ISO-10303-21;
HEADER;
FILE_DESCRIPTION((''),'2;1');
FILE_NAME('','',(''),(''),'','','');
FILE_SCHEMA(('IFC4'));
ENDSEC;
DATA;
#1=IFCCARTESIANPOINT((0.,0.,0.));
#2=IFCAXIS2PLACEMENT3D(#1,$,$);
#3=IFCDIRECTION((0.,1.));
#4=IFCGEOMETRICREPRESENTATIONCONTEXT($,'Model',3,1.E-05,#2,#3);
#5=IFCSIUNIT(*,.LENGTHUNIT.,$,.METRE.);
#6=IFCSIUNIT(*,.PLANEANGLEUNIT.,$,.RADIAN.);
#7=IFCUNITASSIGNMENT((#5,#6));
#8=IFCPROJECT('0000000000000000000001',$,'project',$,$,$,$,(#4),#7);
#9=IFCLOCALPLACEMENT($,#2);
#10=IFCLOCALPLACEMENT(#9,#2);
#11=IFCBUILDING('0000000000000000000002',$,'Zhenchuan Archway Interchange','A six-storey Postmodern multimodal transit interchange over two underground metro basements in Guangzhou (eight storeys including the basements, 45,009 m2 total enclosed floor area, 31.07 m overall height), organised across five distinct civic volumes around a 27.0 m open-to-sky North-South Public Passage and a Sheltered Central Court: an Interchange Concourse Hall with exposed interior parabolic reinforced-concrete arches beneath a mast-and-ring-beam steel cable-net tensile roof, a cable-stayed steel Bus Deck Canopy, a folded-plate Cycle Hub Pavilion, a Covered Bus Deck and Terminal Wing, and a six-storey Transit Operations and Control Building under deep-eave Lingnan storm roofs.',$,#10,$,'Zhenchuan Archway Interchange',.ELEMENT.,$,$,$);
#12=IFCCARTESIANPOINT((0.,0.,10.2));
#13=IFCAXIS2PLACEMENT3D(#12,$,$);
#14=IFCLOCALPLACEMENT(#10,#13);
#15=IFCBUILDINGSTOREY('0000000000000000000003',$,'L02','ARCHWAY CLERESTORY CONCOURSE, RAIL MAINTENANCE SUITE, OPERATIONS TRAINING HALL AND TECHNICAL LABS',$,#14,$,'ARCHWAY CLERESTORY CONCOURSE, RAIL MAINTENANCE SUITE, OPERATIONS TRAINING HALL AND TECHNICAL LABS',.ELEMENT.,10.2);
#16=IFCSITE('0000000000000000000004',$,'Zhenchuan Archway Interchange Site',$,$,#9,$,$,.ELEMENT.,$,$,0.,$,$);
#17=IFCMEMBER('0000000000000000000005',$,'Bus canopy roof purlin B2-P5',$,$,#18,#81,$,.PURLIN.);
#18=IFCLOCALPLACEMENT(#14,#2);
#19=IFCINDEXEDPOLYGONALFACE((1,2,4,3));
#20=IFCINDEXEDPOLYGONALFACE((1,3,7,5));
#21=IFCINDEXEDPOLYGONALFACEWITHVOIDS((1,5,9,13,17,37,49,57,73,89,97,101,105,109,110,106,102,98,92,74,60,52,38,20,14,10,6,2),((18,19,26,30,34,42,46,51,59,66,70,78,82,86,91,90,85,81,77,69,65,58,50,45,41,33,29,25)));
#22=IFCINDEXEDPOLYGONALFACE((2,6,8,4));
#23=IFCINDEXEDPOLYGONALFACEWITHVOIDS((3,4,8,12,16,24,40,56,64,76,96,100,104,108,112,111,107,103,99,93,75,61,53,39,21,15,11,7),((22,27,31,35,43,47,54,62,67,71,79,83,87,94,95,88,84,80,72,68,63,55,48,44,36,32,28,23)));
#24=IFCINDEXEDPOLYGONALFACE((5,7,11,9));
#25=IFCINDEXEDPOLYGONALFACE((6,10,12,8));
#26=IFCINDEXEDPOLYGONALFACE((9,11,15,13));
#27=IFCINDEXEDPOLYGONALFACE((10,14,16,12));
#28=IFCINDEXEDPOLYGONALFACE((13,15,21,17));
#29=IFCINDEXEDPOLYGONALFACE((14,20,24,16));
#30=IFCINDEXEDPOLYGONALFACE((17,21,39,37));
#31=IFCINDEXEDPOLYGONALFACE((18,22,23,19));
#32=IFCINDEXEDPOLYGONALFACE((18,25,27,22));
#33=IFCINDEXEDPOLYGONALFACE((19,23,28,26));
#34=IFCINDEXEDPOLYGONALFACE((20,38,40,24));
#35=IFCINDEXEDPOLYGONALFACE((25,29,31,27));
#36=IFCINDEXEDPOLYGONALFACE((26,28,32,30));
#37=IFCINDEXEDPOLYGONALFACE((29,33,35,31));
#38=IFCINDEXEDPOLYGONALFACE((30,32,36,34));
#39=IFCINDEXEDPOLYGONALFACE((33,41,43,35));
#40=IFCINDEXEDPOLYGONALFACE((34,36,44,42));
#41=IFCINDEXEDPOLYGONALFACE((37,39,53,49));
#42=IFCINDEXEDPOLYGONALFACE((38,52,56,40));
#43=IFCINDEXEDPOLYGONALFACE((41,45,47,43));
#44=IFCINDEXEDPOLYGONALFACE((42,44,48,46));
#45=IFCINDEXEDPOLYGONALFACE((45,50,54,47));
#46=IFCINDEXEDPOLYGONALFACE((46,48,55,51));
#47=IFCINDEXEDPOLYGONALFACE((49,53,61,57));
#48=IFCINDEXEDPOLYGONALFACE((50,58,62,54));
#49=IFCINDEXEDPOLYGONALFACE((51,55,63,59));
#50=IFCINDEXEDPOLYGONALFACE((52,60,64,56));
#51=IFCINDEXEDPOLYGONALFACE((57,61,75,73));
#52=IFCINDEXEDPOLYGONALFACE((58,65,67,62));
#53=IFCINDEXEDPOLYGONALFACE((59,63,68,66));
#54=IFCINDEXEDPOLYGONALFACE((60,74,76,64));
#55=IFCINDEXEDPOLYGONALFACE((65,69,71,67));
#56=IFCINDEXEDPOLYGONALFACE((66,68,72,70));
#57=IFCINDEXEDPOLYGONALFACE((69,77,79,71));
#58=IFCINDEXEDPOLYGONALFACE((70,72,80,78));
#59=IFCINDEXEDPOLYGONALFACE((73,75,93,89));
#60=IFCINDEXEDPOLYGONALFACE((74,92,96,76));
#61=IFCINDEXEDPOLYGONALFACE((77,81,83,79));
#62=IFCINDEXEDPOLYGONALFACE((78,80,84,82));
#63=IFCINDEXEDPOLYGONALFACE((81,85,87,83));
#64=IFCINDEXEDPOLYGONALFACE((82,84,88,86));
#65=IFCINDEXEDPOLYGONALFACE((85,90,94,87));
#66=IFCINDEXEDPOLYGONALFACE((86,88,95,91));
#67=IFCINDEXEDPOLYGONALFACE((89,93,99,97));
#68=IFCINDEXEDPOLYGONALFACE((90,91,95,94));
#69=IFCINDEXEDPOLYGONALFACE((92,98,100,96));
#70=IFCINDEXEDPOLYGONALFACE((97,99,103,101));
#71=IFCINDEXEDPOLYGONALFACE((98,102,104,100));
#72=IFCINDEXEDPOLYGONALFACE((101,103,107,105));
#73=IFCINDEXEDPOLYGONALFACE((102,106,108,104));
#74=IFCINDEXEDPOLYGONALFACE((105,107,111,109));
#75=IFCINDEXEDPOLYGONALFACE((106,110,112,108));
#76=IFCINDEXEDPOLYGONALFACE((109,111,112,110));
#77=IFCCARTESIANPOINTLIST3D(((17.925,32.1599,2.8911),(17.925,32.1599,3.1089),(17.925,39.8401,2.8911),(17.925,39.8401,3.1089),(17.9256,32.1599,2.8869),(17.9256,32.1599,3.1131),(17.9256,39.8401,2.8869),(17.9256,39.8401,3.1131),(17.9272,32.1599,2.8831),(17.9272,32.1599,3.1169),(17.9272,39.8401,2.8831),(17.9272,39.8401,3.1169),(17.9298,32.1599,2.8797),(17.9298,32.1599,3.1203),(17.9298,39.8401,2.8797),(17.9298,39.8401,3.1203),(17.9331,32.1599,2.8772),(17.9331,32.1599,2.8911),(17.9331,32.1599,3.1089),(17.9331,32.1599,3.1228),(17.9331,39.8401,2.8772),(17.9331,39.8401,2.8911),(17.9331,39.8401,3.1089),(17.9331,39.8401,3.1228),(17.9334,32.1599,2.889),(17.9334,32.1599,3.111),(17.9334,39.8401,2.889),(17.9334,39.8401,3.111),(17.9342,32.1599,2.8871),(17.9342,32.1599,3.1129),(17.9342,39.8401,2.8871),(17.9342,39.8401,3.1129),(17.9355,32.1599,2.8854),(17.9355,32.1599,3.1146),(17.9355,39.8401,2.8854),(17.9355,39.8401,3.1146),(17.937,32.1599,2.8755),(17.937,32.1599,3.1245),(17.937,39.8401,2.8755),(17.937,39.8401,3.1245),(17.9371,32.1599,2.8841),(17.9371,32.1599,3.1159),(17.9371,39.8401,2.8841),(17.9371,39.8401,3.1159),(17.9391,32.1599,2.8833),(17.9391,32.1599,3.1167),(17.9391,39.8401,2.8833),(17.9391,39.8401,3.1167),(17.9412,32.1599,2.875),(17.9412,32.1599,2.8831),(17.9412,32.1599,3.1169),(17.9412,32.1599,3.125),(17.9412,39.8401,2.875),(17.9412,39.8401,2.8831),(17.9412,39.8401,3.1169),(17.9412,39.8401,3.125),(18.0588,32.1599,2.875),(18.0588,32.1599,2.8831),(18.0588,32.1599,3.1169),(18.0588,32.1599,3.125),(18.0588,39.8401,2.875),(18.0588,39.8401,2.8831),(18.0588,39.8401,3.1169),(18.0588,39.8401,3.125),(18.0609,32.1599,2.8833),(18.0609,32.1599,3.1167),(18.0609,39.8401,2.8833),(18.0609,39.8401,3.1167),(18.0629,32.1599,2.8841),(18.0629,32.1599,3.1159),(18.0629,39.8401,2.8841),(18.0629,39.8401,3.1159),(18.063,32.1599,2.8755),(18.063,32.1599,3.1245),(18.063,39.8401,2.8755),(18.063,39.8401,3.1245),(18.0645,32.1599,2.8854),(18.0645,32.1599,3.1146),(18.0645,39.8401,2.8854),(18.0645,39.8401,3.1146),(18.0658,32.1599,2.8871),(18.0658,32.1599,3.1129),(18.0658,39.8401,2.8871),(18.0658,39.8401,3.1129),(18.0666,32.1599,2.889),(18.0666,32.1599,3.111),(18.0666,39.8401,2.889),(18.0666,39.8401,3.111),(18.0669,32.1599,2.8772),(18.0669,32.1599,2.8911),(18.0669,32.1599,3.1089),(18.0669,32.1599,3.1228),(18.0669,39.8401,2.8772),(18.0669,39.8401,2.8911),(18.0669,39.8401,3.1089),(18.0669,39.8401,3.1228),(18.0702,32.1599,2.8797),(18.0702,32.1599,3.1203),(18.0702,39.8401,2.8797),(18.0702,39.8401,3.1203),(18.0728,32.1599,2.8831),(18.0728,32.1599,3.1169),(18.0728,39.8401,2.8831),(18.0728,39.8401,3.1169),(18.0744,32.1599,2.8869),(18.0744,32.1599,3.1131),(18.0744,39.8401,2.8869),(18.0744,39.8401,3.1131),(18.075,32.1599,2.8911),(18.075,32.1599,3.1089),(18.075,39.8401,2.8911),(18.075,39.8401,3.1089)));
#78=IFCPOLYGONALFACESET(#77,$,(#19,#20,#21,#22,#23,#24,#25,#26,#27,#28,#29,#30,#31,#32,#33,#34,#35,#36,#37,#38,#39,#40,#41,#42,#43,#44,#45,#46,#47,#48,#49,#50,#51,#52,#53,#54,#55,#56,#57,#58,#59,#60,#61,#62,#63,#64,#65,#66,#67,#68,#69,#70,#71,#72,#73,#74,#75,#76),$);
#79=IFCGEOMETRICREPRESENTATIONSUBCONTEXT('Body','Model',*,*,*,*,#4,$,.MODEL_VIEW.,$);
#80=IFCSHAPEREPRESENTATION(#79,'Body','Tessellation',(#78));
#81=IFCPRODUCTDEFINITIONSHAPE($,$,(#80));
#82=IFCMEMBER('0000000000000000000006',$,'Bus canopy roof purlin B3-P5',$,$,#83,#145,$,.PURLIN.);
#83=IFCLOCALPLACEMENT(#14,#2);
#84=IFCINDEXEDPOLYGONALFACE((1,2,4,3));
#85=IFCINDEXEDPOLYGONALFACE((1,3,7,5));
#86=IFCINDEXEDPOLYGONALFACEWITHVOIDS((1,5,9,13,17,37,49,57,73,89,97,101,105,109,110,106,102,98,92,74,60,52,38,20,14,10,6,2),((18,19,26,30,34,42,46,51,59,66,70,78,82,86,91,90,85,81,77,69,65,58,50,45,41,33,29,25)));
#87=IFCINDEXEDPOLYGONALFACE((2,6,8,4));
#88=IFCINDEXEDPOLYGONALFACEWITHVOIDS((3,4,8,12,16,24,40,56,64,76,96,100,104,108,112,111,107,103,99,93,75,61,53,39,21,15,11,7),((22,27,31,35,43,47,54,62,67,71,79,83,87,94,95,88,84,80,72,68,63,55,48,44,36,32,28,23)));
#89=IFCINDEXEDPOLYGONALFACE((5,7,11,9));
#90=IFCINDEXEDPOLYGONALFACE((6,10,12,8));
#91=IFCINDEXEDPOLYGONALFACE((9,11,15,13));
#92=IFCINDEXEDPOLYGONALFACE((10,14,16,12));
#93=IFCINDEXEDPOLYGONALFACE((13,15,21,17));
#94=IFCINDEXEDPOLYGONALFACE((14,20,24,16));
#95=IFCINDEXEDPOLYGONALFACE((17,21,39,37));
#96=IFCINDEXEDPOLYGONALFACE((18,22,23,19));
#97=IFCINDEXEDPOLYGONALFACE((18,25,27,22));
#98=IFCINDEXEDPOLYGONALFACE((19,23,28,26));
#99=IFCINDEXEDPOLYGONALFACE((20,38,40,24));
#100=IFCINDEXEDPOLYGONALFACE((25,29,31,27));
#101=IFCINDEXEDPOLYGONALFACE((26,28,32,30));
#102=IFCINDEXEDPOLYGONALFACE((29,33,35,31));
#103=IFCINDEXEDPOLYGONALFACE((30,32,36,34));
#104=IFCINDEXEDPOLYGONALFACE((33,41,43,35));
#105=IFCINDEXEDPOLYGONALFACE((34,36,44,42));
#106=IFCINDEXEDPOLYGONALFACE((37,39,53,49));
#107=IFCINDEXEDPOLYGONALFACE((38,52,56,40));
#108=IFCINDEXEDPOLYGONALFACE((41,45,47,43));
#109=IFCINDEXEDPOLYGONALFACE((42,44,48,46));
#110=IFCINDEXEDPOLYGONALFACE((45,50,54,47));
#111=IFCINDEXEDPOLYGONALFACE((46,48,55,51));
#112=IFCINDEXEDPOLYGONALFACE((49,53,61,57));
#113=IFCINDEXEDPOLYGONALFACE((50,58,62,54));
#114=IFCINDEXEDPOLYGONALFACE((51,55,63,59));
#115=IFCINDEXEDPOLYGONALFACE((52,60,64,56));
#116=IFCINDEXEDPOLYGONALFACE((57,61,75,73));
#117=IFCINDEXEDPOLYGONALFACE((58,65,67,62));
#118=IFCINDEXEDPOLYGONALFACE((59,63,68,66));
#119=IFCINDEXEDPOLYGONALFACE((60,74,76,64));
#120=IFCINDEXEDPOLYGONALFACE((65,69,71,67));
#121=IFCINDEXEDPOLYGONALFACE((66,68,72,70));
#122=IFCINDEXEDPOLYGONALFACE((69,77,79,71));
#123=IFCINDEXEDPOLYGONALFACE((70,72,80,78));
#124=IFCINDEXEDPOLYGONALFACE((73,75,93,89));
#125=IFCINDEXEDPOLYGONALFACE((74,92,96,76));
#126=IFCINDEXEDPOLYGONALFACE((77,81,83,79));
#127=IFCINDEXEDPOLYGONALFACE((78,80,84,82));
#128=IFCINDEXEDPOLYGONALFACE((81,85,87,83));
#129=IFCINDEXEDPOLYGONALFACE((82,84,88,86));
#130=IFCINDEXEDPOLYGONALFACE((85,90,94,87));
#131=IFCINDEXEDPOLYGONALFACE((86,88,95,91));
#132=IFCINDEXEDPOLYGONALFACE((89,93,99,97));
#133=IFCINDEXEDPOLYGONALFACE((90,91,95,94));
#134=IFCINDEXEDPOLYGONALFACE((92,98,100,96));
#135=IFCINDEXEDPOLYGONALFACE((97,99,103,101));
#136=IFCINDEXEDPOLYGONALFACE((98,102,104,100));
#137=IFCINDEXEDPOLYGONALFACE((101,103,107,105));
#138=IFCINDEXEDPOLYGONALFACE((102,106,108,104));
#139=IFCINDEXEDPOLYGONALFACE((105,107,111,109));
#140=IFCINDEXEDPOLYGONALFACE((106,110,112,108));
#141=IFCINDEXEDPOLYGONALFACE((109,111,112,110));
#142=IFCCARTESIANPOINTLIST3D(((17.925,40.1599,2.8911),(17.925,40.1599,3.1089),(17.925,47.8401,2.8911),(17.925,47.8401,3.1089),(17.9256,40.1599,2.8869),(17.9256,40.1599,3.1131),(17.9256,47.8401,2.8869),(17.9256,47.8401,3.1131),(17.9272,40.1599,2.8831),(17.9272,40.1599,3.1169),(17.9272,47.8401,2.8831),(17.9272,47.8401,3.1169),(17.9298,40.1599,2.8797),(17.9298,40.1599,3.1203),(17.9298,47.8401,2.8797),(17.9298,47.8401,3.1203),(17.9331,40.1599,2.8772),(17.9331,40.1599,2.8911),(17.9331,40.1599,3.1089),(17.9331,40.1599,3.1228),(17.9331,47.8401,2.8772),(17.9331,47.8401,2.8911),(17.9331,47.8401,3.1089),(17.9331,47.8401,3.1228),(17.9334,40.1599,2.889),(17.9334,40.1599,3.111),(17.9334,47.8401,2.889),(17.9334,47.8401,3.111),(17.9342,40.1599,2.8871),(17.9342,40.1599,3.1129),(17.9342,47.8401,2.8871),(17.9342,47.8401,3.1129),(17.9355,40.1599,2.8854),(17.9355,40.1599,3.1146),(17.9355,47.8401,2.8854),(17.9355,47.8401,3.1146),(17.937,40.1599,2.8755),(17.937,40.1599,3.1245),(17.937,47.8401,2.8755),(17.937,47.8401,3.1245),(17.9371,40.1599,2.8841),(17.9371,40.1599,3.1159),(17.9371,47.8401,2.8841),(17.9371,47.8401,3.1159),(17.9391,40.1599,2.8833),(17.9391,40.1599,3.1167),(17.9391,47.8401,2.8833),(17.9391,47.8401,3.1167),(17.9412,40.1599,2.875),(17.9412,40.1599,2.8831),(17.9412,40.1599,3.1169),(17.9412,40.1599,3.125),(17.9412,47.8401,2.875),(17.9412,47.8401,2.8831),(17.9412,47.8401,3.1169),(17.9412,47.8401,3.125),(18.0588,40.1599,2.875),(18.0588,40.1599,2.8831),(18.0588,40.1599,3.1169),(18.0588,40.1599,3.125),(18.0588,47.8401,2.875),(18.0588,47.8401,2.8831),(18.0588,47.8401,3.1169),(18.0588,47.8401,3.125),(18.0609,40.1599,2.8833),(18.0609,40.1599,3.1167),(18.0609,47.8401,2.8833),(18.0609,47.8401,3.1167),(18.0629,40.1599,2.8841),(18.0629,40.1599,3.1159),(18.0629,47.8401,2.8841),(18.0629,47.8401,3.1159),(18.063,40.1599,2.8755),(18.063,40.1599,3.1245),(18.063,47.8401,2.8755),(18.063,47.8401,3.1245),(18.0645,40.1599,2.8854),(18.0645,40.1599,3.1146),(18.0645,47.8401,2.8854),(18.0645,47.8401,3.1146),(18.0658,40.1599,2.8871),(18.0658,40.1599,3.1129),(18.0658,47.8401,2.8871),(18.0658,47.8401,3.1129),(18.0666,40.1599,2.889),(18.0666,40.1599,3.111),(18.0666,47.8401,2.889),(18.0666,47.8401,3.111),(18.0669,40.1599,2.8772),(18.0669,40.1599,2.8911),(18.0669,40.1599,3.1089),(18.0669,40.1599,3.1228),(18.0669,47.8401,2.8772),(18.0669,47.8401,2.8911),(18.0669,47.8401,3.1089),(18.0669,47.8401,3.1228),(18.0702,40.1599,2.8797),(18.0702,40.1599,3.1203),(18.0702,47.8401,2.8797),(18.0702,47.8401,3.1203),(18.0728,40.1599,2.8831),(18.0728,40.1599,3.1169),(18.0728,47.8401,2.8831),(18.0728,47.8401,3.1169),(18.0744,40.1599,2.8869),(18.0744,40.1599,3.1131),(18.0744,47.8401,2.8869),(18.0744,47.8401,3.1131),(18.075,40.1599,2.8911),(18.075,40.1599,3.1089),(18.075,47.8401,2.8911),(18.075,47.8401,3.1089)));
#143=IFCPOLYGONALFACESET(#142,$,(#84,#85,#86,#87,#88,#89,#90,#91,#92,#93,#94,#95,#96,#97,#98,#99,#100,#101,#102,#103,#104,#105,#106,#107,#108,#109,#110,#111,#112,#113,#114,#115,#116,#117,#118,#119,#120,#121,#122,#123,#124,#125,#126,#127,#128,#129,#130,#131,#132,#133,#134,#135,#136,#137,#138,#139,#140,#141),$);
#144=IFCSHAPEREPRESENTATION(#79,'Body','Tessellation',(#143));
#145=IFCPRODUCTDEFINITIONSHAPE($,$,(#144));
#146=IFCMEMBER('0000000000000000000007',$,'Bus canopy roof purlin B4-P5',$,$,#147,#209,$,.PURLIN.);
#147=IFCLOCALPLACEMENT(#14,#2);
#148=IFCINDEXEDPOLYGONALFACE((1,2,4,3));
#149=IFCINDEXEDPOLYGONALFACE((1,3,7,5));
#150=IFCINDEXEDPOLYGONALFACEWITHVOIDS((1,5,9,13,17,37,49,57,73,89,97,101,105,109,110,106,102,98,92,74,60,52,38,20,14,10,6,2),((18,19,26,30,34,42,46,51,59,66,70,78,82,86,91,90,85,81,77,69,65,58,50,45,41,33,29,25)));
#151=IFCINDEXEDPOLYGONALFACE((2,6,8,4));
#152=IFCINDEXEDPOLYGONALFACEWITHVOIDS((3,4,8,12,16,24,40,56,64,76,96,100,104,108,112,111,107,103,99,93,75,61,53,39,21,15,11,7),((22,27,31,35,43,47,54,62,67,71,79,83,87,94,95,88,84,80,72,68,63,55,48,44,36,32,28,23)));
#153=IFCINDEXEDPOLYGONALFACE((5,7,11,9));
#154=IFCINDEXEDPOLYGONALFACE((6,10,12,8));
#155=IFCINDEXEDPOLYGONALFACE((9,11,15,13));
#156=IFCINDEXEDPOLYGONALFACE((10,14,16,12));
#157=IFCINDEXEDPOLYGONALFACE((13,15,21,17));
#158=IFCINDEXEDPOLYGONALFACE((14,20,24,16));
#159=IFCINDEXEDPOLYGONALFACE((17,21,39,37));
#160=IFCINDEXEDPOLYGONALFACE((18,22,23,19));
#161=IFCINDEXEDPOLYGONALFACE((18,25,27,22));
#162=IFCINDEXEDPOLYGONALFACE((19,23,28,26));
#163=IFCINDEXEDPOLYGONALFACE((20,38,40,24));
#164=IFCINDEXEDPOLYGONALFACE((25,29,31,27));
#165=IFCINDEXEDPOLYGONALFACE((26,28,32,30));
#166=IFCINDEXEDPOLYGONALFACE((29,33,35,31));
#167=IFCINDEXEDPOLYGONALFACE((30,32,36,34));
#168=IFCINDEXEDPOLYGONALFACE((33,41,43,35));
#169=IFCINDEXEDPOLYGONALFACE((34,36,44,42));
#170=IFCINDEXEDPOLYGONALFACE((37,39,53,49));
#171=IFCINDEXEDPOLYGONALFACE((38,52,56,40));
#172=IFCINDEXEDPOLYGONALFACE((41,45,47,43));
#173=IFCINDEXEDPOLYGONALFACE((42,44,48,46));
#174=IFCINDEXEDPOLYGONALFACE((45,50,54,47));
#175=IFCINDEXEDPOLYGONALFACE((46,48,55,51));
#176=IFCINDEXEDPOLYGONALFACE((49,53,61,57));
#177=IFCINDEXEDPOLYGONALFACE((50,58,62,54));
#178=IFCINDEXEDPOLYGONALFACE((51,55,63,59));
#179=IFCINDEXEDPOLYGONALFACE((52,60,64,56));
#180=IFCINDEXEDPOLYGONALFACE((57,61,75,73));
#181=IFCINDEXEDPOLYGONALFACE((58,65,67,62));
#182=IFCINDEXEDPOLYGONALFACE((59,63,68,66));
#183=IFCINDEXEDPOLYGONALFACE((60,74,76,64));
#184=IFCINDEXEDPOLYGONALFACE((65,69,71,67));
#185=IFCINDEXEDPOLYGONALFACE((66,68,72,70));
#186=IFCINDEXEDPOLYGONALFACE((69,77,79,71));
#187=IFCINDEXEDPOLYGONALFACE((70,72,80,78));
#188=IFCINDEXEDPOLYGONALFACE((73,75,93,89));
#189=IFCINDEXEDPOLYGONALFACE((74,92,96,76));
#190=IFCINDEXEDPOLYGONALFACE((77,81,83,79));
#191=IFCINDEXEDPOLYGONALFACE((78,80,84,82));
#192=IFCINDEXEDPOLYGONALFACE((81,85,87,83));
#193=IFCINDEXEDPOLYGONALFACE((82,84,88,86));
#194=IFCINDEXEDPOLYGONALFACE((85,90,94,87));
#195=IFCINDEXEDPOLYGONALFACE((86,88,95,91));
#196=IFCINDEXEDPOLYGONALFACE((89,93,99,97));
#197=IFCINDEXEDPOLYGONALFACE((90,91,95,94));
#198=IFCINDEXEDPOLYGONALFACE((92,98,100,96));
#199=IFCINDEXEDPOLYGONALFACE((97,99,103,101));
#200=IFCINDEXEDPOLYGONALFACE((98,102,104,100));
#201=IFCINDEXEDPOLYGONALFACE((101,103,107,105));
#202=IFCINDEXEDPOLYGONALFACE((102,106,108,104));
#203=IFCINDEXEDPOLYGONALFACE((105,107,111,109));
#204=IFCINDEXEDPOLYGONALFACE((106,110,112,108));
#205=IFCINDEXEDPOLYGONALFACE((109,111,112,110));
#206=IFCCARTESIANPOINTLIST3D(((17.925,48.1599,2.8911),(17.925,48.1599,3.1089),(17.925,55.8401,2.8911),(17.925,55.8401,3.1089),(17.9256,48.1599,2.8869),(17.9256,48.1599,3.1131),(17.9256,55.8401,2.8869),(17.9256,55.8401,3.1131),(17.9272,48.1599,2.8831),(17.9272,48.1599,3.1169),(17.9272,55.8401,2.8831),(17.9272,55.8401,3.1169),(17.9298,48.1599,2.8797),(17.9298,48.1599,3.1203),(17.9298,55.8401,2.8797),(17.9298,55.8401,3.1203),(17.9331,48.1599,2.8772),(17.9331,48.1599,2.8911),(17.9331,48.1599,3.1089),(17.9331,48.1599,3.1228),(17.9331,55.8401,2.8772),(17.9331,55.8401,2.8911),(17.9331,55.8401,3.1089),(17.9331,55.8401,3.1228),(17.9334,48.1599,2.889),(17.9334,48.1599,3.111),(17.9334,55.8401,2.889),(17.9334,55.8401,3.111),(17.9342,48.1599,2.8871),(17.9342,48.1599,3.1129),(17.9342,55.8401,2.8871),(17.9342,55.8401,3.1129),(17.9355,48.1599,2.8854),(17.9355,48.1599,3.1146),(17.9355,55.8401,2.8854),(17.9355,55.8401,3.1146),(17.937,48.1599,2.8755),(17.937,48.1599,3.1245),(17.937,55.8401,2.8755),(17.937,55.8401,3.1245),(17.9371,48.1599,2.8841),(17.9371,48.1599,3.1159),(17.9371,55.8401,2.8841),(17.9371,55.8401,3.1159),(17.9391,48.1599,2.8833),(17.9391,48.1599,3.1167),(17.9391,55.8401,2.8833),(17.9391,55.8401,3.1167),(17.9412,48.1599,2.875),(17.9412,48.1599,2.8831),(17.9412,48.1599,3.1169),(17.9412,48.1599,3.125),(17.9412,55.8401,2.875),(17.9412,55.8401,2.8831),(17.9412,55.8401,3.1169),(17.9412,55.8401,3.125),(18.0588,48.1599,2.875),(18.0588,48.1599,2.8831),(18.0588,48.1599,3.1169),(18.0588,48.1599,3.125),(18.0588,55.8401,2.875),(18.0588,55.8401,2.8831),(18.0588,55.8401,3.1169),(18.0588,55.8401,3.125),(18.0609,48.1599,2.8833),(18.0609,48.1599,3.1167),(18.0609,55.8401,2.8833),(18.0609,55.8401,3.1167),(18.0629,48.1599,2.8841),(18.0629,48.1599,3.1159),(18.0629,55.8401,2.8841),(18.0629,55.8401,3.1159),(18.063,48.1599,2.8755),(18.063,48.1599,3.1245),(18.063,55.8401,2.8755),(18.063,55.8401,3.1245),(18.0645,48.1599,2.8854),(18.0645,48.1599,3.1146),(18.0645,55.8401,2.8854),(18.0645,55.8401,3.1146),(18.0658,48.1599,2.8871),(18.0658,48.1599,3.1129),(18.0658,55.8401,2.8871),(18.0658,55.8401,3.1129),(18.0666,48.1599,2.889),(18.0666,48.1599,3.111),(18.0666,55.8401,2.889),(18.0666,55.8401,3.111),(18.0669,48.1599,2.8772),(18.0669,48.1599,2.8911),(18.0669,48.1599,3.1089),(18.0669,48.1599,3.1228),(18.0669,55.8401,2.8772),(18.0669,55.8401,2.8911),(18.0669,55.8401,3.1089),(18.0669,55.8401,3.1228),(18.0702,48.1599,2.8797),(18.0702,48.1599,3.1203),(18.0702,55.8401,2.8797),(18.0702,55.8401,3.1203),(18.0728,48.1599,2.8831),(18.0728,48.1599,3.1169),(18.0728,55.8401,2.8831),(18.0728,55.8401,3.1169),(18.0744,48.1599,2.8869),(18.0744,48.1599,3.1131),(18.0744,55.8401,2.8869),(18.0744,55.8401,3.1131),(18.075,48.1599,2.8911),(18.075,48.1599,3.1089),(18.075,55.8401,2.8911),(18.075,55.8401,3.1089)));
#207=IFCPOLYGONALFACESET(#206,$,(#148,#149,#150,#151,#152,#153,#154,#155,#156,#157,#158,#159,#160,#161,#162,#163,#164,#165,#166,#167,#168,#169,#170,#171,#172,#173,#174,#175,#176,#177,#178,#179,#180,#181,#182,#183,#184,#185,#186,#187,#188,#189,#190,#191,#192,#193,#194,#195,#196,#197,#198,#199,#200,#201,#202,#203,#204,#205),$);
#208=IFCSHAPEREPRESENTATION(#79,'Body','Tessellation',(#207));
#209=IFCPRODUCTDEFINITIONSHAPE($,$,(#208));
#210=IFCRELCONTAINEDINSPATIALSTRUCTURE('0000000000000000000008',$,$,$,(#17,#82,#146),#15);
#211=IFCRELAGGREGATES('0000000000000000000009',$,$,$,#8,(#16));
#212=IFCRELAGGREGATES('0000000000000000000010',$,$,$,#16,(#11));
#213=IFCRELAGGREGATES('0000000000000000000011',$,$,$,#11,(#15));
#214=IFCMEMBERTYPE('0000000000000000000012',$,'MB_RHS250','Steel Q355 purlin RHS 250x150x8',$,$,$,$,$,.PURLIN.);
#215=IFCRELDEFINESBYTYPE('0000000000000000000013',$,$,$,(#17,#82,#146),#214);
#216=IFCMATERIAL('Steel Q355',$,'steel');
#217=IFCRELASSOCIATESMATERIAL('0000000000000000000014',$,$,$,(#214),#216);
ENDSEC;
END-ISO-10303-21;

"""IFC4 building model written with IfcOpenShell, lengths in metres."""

from ifc_helpers import new_model, si_unit, direction, frame, origin, origin_2d, place, context, subcontext, project, spatial, hollow_rectangle, extrude, material, material_profile, profile_set, type_object, element, save


model = new_model("IFC4")

# Units and contexts
model_context = context("Model", 3, precision=1e-05, world=origin(), true_north=direction((0.0, 1.0)))
body_context = subcontext(model_context, "Body", "Model", "MODEL_VIEW")
ifc_project = project(units=[si_unit("LENGTHUNIT", "METRE"), si_unit("PLANEANGLEUNIT", "RADIAN")], contexts=[model_context])

# Site, building, storey
site_placement = place(None, origin())
site = spatial("IfcSite", under=ifc_project, at=site_placement, Name="Zhenchuan Archway Interchange Site", CompositionType="ELEMENT", RefElevation=0.0)
building_placement = place(site_placement, origin())
building = spatial("IfcBuilding", under=site, at=building_placement, Name="Zhenchuan Archway Interchange", Description="A six-storey Postmodern multimodal transit interchange over two underground metro basements in Guangzhou (eight storeys including the basements, 45,009 m2 total enclosed floor area, 31.07 m overall height), organised across five distinct civic volumes around a 27.0 m open-to-sky North-South Public Passage and a Sheltered Central Court: an Interchange Concourse Hall with exposed interior parabolic reinforced-concrete arches beneath a mast-and-ring-beam steel cable-net tensile roof, a cable-stayed steel Bus Deck Canopy, a folded-plate Cycle Hub Pavilion, a Covered Bus Deck and Terminal Wing, and a six-storey Transit Operations and Control Building under deep-eave Lingnan storm roofs.", LongName="Zhenchuan Archway Interchange", CompositionType="ELEMENT")
storey_placement = place(building_placement, frame((0.0, 0.0, 10.2)))
storey = spatial("IfcBuildingStorey", under=building, at=storey_placement, Name="L02", Description="ARCHWAY CLERESTORY CONCOURSE, RAIL MAINTENANCE SUITE, OPERATIONS TRAINING HALL AND TECHNICAL LABS", LongName="ARCHWAY CLERESTORY CONCOURSE, RAIL MAINTENANCE SUITE, OPERATIONS TRAINING HALL AND TECHNICAL LABS", CompositionType="ELEMENT", Elevation=10.2)

# Shared definitions
ifc_material_1 = material(Name="Steel Q355", Category="steel")

# Members
ifc_material_profile_1 = material_profile(ifc_material_1, hollow_rectangle(XDim=0.1499, YDim=0.25, WallThickness=0.0081, InnerFilletRadius=0.0081, OuterFilletRadius=0.0161, at=origin_2d()), Name="RHS 250x150x8")
ifc_profile_set_1 = profile_set([ifc_material_profile_1], Name="Steel Q355")
member_type_1 = type_object("IfcMemberType", Name="MB_RHS250", Description="Steel Q355 purlin RHS 250x150x8", PredefinedType="PURLIN", material=ifc_profile_set_1)
for number, where, z_axis, x_axis, name in (
    (1, (18.0, 32.1599, 3.0), (0.0, 1.0, 0.0), (-1.0, 0.0, 0.0), "Bus canopy roof purlin B2-P5"),
    (2, (18.0, 40.1599, 3.0), (0.0, 1.0, 0.0), (-1.0, 0.0, 0.0), "Bus canopy roof purlin B3-P5"),
    (3, (18.0, 48.1599, 3.0), (0.0, 1.0, 0.0), (-1.0, 0.0, 0.0), "Bus canopy roof purlin B4-P5"),
):
    element("IfcMember", number, at=place(storey_placement, frame(where, z_axis=z_axis, x_axis=x_axis)), inside=storey, type_object=member_type_1, Name=name, PredefinedType="PURLIN", context=body_context, shape_type="SweptSolid", body=[
        extrude(hollow_rectangle(XDim=0.1499, YDim=0.25, WallThickness=0.0081, InnerFilletRadius=0.0081, OuterFilletRadius=0.0161, at=origin_2d()), origin(), (0.0, 0.0, 1.0), 7.6802),
    ])

save(model, "model.ifc")
